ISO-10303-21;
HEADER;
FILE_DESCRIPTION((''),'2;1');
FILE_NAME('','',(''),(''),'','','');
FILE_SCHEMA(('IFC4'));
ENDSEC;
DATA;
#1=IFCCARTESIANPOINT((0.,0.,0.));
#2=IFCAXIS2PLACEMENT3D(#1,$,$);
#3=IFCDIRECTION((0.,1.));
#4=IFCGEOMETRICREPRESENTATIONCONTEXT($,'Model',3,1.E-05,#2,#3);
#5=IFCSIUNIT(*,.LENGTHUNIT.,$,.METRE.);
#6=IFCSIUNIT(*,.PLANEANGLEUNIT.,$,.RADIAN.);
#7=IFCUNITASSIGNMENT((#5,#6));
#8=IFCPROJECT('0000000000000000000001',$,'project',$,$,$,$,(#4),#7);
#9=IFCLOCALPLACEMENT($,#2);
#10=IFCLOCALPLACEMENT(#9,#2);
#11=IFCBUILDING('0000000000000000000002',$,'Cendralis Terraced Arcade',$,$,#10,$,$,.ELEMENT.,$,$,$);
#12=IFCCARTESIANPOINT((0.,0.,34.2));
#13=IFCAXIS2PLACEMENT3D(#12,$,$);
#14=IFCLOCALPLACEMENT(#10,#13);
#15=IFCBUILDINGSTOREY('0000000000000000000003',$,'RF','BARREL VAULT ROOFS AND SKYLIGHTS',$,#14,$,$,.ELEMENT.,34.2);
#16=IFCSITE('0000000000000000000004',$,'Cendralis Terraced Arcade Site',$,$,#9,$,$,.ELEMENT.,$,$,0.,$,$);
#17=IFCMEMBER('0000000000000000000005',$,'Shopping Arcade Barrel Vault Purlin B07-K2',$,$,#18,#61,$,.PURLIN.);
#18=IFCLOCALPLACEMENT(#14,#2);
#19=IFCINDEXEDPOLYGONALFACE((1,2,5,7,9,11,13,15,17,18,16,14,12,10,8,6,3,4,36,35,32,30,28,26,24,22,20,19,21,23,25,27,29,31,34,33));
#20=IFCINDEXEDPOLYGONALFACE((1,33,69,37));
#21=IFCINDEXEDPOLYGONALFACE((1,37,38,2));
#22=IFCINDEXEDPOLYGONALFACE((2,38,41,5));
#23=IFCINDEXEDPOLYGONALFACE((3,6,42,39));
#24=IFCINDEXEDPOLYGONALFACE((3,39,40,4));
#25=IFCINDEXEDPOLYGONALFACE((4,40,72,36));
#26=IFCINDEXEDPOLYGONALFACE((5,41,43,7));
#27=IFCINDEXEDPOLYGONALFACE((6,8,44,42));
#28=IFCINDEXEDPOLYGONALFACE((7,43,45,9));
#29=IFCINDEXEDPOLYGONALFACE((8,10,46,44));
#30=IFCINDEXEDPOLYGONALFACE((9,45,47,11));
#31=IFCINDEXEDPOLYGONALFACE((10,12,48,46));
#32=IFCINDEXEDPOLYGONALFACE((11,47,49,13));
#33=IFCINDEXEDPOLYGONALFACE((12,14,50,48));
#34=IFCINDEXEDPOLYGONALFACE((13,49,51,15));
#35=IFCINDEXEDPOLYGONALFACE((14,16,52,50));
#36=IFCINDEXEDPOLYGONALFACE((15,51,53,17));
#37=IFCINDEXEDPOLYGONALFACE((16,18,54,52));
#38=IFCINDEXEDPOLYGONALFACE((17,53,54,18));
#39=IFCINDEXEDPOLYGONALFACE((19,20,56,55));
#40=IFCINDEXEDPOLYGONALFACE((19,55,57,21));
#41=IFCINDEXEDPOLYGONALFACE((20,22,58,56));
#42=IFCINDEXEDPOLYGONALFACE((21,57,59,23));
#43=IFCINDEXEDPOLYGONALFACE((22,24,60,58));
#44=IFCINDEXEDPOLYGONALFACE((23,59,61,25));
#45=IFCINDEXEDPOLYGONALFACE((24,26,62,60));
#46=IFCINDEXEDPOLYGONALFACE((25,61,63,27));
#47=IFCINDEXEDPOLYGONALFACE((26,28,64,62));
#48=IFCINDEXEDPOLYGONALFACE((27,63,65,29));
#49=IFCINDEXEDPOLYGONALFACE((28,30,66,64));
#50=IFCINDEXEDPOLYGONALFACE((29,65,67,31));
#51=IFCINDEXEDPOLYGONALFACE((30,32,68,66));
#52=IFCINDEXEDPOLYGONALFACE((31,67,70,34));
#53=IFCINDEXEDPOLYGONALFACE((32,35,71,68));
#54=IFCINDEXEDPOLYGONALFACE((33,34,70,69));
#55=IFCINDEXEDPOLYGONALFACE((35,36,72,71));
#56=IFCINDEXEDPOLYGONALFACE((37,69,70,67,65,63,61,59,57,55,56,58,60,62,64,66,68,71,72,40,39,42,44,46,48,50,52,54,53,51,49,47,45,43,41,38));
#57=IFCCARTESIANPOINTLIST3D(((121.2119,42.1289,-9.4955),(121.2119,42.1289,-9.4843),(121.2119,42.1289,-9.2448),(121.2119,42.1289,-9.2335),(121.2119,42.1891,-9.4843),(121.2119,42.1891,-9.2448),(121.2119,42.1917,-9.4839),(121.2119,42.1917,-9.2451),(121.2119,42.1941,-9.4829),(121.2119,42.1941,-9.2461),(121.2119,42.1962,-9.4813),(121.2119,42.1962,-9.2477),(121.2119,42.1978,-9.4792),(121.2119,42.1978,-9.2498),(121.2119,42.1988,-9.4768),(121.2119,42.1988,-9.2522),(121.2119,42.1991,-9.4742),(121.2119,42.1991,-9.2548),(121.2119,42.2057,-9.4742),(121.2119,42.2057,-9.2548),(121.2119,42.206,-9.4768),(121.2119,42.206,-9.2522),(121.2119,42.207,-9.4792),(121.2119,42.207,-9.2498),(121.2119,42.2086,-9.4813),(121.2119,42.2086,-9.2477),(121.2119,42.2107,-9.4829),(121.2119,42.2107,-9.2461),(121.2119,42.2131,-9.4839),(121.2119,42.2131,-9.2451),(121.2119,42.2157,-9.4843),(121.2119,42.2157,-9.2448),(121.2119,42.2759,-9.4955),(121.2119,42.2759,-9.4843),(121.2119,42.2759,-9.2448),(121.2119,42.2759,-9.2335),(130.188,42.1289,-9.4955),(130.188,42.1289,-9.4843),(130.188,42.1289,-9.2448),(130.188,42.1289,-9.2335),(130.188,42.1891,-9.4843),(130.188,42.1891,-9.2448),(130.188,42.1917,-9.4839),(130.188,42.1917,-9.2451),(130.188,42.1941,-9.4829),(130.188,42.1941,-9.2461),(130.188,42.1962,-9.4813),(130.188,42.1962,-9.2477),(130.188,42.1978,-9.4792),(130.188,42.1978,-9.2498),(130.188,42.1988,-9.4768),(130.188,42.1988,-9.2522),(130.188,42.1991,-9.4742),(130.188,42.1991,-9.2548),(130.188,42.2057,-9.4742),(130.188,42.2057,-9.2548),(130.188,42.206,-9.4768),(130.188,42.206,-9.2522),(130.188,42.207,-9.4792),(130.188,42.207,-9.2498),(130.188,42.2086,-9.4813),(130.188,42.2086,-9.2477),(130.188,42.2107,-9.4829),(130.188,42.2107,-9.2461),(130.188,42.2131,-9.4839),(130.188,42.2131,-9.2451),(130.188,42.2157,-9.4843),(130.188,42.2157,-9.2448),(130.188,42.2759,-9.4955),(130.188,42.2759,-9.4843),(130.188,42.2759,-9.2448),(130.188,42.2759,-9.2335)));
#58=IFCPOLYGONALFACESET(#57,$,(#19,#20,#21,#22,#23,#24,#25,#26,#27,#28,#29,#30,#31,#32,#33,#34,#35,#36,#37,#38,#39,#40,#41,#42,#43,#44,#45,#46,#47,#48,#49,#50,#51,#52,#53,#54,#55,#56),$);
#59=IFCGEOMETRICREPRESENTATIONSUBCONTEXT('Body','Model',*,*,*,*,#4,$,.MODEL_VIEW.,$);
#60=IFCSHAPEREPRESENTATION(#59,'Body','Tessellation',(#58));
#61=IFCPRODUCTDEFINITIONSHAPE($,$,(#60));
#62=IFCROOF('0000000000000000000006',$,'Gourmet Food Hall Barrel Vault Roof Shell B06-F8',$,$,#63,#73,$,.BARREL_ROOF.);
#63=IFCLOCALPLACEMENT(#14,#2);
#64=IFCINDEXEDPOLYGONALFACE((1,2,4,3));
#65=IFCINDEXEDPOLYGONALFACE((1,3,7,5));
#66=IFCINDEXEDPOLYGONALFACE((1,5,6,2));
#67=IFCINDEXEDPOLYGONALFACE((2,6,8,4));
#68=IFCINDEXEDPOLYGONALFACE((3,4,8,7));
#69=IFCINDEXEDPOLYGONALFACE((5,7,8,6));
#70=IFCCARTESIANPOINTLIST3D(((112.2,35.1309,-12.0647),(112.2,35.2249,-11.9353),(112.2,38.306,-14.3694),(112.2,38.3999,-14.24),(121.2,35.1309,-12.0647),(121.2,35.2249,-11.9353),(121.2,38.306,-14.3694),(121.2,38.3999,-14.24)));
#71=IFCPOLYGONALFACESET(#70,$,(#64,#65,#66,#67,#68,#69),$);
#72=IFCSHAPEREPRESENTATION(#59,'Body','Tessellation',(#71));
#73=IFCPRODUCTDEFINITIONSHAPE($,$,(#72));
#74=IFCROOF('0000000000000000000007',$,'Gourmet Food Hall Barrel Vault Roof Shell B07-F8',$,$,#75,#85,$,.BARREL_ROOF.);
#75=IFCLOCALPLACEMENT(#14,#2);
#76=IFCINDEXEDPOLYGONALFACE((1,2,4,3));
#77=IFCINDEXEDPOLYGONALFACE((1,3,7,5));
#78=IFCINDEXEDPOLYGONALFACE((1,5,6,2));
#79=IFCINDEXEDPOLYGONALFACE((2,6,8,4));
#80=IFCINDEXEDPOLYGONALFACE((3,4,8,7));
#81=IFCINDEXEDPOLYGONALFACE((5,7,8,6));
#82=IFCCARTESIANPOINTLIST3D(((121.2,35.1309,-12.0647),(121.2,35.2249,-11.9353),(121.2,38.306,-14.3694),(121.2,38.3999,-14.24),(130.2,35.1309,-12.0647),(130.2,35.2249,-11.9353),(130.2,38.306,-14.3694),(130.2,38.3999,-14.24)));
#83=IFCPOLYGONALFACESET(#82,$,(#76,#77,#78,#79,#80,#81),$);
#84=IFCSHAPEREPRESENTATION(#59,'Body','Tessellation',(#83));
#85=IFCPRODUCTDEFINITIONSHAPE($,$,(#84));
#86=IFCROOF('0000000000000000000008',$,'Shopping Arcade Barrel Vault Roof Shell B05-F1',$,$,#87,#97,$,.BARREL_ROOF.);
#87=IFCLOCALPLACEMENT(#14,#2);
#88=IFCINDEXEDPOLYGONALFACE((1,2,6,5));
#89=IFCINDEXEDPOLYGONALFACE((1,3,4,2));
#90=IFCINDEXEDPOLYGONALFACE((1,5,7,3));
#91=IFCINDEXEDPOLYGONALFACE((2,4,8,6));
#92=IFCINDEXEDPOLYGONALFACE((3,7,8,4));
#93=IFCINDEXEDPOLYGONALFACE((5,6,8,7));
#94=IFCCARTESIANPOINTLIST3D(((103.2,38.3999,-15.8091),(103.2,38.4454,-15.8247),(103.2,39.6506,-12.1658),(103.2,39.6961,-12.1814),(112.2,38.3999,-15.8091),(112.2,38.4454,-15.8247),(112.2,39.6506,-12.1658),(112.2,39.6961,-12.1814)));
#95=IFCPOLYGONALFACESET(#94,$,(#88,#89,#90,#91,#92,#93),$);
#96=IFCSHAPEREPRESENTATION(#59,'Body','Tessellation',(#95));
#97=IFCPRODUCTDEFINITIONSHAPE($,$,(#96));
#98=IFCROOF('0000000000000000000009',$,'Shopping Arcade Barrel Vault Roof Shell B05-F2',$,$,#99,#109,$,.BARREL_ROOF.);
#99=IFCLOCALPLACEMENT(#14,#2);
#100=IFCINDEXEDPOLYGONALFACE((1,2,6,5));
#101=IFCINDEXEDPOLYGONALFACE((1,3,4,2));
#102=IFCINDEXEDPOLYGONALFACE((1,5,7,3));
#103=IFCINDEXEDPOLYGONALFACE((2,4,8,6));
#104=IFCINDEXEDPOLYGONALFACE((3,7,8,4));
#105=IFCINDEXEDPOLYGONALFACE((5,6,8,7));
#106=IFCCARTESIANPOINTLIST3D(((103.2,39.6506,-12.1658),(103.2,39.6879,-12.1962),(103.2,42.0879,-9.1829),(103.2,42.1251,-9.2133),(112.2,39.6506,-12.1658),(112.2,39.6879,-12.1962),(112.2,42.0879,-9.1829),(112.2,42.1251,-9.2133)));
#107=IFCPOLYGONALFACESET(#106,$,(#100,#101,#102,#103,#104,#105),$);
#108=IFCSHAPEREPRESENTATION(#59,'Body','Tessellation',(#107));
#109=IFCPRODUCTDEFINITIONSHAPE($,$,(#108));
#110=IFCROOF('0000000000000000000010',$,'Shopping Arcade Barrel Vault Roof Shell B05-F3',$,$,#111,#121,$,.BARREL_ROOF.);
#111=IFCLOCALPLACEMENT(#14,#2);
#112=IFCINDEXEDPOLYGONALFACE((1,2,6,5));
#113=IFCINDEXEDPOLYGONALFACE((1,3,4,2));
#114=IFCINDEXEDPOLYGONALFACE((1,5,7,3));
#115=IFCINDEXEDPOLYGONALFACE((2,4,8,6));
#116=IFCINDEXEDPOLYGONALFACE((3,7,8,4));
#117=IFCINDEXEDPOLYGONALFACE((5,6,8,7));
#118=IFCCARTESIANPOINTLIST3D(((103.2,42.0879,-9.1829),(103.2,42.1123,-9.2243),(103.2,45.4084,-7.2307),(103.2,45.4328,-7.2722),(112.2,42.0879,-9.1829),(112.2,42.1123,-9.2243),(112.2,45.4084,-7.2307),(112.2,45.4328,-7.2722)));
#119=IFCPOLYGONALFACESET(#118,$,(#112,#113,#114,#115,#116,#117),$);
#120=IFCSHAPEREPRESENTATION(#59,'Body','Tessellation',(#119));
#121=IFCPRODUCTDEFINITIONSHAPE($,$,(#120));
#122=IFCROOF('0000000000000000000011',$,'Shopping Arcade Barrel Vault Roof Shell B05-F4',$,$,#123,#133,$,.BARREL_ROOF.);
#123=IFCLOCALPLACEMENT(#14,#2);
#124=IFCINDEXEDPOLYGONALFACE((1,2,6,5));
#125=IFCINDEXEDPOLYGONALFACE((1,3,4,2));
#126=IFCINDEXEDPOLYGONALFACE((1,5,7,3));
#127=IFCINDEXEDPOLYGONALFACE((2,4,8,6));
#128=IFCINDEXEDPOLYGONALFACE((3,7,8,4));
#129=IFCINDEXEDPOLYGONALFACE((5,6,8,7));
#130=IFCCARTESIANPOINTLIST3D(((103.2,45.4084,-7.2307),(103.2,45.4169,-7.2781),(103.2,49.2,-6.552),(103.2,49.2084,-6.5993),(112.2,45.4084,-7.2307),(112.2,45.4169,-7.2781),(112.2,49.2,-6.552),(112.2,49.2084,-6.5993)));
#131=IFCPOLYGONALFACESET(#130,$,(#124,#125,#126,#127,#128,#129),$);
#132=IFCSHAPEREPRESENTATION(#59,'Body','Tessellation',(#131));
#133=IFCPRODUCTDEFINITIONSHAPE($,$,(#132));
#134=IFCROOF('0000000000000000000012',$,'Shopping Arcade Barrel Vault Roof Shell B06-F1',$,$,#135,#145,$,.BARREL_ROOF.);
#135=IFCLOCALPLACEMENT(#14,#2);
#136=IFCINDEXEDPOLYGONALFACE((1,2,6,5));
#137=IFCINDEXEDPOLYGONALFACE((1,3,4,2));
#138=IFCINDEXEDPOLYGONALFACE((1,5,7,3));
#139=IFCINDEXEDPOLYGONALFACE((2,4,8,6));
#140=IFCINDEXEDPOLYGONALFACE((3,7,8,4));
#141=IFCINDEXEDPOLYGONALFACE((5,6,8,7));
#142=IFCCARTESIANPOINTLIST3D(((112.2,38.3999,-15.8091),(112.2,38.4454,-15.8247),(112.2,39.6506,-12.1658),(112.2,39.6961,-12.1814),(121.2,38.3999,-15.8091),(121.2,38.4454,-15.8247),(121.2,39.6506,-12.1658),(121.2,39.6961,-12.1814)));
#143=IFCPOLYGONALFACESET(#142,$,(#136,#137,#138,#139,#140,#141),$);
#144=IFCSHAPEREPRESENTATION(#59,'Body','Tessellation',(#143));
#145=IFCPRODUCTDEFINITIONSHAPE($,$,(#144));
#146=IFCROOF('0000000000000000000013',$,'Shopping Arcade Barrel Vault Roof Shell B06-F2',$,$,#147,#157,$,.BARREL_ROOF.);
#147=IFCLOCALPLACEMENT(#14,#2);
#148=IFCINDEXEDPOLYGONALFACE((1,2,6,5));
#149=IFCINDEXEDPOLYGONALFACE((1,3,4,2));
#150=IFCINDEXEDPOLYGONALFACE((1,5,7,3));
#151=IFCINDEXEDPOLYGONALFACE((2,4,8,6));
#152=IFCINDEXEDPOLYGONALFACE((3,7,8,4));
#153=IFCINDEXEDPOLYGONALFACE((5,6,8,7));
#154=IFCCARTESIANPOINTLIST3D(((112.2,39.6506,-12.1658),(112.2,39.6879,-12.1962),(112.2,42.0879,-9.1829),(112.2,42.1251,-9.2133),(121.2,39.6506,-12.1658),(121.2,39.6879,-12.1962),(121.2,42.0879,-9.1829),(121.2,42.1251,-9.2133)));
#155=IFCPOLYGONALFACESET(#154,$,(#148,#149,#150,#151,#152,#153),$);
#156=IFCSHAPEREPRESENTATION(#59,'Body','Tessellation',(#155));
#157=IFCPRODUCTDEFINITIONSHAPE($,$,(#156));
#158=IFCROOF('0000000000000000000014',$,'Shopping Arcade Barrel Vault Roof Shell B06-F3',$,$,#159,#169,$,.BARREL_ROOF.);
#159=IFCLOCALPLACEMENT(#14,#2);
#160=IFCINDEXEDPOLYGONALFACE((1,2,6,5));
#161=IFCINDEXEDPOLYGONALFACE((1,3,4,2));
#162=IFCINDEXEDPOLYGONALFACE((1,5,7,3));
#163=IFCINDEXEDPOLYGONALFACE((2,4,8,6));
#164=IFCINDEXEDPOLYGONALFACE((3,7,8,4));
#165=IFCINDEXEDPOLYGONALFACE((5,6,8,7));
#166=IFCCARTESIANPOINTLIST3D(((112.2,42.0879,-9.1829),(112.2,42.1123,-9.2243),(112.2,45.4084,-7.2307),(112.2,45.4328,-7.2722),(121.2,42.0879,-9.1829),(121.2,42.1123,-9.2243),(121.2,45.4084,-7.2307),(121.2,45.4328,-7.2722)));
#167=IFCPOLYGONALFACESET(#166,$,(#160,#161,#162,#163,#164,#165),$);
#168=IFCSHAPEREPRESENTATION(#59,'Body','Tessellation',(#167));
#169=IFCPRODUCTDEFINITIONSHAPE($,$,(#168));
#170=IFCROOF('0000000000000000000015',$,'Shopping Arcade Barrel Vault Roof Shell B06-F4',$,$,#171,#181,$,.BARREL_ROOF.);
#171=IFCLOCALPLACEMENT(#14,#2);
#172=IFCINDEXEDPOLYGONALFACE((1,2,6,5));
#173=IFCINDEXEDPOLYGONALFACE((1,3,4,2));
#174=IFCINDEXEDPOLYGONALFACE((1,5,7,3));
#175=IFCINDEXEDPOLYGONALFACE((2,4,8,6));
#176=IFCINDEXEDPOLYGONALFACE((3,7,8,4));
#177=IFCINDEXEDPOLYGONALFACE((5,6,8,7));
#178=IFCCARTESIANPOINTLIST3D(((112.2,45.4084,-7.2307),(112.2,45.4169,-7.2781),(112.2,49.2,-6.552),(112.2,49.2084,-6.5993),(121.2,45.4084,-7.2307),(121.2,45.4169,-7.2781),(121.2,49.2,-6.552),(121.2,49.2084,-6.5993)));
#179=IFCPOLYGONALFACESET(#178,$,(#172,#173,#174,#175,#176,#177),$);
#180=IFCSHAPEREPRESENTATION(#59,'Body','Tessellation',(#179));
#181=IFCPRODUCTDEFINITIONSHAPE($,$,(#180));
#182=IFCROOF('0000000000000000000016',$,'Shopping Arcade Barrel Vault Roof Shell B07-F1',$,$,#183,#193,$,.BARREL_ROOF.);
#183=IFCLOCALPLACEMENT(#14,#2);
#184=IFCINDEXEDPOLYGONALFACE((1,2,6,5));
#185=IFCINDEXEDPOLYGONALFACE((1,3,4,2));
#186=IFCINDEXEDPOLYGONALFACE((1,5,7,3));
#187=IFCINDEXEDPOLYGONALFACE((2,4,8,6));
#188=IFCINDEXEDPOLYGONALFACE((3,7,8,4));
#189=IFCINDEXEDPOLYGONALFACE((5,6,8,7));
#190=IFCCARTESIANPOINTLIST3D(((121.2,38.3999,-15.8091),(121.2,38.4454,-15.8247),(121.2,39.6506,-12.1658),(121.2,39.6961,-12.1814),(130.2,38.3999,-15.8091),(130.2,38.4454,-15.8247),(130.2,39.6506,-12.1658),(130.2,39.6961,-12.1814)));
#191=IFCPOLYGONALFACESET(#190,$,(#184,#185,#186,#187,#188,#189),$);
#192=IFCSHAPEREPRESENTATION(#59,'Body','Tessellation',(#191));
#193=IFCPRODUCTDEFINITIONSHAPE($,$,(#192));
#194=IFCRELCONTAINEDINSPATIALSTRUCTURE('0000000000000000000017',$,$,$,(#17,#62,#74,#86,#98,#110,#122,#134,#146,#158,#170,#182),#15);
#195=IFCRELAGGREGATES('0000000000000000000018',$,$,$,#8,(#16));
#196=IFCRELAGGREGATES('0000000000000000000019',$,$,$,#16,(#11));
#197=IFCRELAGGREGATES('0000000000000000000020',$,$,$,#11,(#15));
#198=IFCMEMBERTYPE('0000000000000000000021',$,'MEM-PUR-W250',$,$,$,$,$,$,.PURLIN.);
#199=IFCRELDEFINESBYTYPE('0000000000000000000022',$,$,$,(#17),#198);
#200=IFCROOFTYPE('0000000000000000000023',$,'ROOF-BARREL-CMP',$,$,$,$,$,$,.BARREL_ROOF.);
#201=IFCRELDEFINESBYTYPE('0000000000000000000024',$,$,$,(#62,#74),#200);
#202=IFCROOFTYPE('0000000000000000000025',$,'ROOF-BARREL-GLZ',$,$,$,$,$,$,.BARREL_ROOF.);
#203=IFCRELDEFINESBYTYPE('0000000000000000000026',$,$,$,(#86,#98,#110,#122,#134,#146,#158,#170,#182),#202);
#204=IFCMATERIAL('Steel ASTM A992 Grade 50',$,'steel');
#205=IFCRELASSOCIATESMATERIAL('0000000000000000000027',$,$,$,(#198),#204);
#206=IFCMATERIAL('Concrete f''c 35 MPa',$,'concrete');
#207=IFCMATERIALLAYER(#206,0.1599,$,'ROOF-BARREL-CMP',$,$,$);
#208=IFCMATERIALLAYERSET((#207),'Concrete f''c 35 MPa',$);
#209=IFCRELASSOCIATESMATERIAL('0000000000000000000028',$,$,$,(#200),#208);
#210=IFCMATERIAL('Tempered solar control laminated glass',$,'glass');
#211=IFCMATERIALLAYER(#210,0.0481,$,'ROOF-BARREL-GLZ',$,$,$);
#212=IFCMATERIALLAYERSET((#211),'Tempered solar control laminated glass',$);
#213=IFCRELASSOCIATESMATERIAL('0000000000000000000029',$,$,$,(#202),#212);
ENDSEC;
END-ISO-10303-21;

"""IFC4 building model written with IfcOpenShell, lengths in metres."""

from ifc_helpers import new_model, si_unit, direction, frame, origin, origin_2d, place, context, subcontext, project, spatial, polyline, i_section, outline, extrude, material, layer, layer_set, material_profile, profile_set, type_object, element, save


model = new_model("IFC4")

# Units and contexts
model_context = context("Model", 3, precision=1e-05, world=origin(), true_north=direction((0.0, 1.0)))
body_context = subcontext(model_context, "Body", "Model", "MODEL_VIEW")
ifc_project = project(units=[si_unit("LENGTHUNIT", "METRE"), si_unit("PLANEANGLEUNIT", "RADIAN")], contexts=[model_context])

# Site, building, storey
site_placement = place(None, origin())
site = spatial("IfcSite", under=ifc_project, at=site_placement, Name="Cendralis Terraced Arcade Site", CompositionType="ELEMENT", RefElevation=0.0)
building_placement = place(site_placement, origin())
building = spatial("IfcBuilding", under=site, at=building_placement, Name="Cendralis Terraced Arcade", CompositionType="ELEMENT")
storey_placement = place(building_placement, frame((0.0, 0.0, 34.2)))
storey = spatial("IfcBuildingStorey", under=building, at=storey_placement, Name="RF", Description="BARREL VAULT ROOFS AND SKYLIGHTS", CompositionType="ELEMENT", Elevation=34.2)

# Member
ifc_material_1 = material(Name="Steel ASTM A992 Grade 50", Category="steel")
ifc_material_profile_1 = material_profile(ifc_material_1, i_section(OverallWidth=0.147, OverallDepth=0.262, WebThickness=0.0066, FlangeThickness=0.0112, FilletRadius=0.01, at=origin_2d()), Name="W250X38.5", Category="LoadBearing")
ifc_profile_set_1 = profile_set([ifc_material_profile_1], Name="Steel ASTM A992 Grade 50")
member_type_1 = type_object("IfcMemberType", Name="MEM-PUR-W250", PredefinedType="PURLIN", material=ifc_profile_set_1)
for number, where, z_axis, x_axis, name in (
    (1, (121.2119, 42.2024, -9.3645), (1.0, 0.0, 0.0), (0.0, 1.0, 0.0), "Shopping Arcade Barrel Vault Purlin B07-K2"),
):
    element("IfcMember", number, at=place(storey_placement, frame(where, z_axis=z_axis, x_axis=x_axis)), inside=storey, type_object=member_type_1, Name=name, PredefinedType="PURLIN", context=body_context, shape_type="SweptSolid", body=[
        extrude(i_section(OverallWidth=0.147, OverallDepth=0.262, WebThickness=0.0066, FlangeThickness=0.0112, FilletRadius=0.01, at=origin_2d()), origin(), (0.0, 0.0, 1.0), 8.9761),
    ])

# Roofs
ifc_material_2 = material(Name="Concrete f'c 35 MPa", Category="concrete")
ifc_layer_1 = layer(ifc_material_2, 0.1599, Name="ROOF-BARREL-CMP")
ifc_layer_set_1 = layer_set([ifc_layer_1], Name="Concrete f'c 35 MPa")
roof_type_1 = type_object("IfcRoofType", Name="ROOF-BARREL-CMP", PredefinedType="BARREL_ROOF", material=ifc_layer_set_1)
for number, where, z_axis, x_axis, name in (
    (2, (112.2, 35.2249, -11.9353), (0.0, 0.587431, 0.809274), (1.0, 0.0, 0.0), "Gourmet Food Hall Barrel Vault Roof Shell B06-F8"),
    (3, (121.2, 35.2249, -11.9353), (0.0, 0.587431, 0.809274), (1.0, 0.0, 0.0), "Gourmet Food Hall Barrel Vault Roof Shell B07-F8"),
):
    element("IfcRoof", number, at=place(storey_placement, frame(where, z_axis=z_axis, x_axis=x_axis)), inside=storey, type_object=roof_type_1, Name=name, PredefinedType="BARREL_ROOF", context=body_context, shape_type="SweptSolid", body=[
        extrude(outline(polyline([(0.0, 0.0), (9.0, 0.0), (9.0, 3.9233), (0.0, 3.9233), (0.0, 0.0)])), origin(), (0.0, 0.0, -1.0), 0.1599),
    ])
ifc_material_3 = material(Name="Tempered solar control laminated glass", Category="glass")
ifc_layer_2 = layer(ifc_material_3, 0.0481, Name="ROOF-BARREL-GLZ")
ifc_layer_set_2 = layer_set([ifc_layer_2], Name="Tempered solar control laminated glass")
roof_type_2 = type_object("IfcRoofType", Name="ROOF-BARREL-GLZ", PredefinedType="BARREL_ROOF", material=ifc_layer_set_2)
roof_1_placement = place(storey_placement, frame((103.2, 38.3999, -15.8091), z_axis=(0.0, -0.945819, 0.324695), x_axis=(1.0, 0.0, 0.0)))
element("IfcRoof", 4, at=roof_1_placement, inside=storey, type_object=roof_type_2, Name="Shopping Arcade Barrel Vault Roof Shell B05-F1", PredefinedType="BARREL_ROOF", context=body_context, shape_type="SweptSolid", body=[
    extrude(outline(polyline([(0.0, 0.0), (9.0, 0.0), (9.0, 3.852), (0.0, 3.852), (0.0, 0.0)])), origin(), (0.0, 0.0, -1.0), 0.0481),
])
roof_2_placement = place(storey_placement, frame((103.2, 39.6506, -12.1658), z_axis=(0.0, -0.774378, 0.632723), x_axis=(1.0, 0.0, 0.0)))
element("IfcRoof", 5, at=roof_2_placement, inside=storey, type_object=roof_type_2, Name="Shopping Arcade Barrel Vault Roof Shell B05-F2", PredefinedType="BARREL_ROOF", context=body_context, shape_type="SweptSolid", body=[
    extrude(outline(polyline([(0.0, 0.0), (9.0, 0.0), (9.0, 3.852), (0.0, 3.852), (0.0, 0.0)])), origin(), (0.0, 0.0, -1.0), 0.0481),
])
roof_3_placement = place(storey_placement, frame((103.2, 42.0879, -9.1829), z_axis=(0.0, -0.506804, 0.862061), x_axis=(1.0, 0.0, 0.0)))
element("IfcRoof", 6, at=roof_3_placement, inside=storey, type_object=roof_type_2, Name="Shopping Arcade Barrel Vault Roof Shell B05-F3", PredefinedType="BARREL_ROOF", context=body_context, shape_type="SweptSolid", body=[
    extrude(outline(polyline([(0.0, 0.0), (9.0, 0.0), (9.0, 3.8519), (0.0, 3.8519), (0.0, 0.0)])), origin(), (0.0, 0.0, -1.0), 0.0481),
])
roof_4_placement = place(storey_placement, frame((103.2, 45.4084, -7.2307), z_axis=(0.0, -0.176207, 0.984353), x_axis=(1.0, 0.0, 0.0)))
element("IfcRoof", 7, at=roof_4_placement, inside=storey, type_object=roof_type_2, Name="Shopping Arcade Barrel Vault Roof Shell B05-F4", PredefinedType="BARREL_ROOF", context=body_context, shape_type="SweptSolid", body=[
    extrude(outline(polyline([(0.0, 0.0), (9.0, 0.0), (9.0, 3.8518), (0.0, 3.8518), (0.0, 0.0)])), origin(), (0.0, 0.0, -1.0), 0.0481),
])
roof_5_placement = place(storey_placement, frame((112.2, 38.3999, -15.8091), z_axis=(0.0, -0.945819, 0.324695), x_axis=(1.0, 0.0, 0.0)))
element("IfcRoof", 8, at=roof_5_placement, inside=storey, type_object=roof_type_2, Name="Shopping Arcade Barrel Vault Roof Shell B06-F1", PredefinedType="BARREL_ROOF", context=body_context, shape_type="SweptSolid", body=[
    extrude(outline(polyline([(0.0, 0.0), (9.0, 0.0), (9.0, 3.852), (0.0, 3.852), (0.0, 0.0)])), origin(), (0.0, 0.0, -1.0), 0.0481),
])
roof_6_placement = place(storey_placement, frame((112.2, 39.6506, -12.1658), z_axis=(0.0, -0.774378, 0.632723), x_axis=(1.0, 0.0, 0.0)))
element("IfcRoof", 9, at=roof_6_placement, inside=storey, type_object=roof_type_2, Name="Shopping Arcade Barrel Vault Roof Shell B06-F2", PredefinedType="BARREL_ROOF", context=body_context, shape_type="SweptSolid", body=[
    extrude(outline(polyline([(0.0, 0.0), (9.0, 0.0), (9.0, 3.852), (0.0, 3.852), (0.0, 0.0)])), origin(), (0.0, 0.0, -1.0), 0.0481),
])
roof_7_placement = place(storey_placement, frame((112.2, 42.0879, -9.1829), z_axis=(0.0, -0.506804, 0.862061), x_axis=(1.0, 0.0, 0.0)))
element("IfcRoof", 10, at=roof_7_placement, inside=storey, type_object=roof_type_2, Name="Shopping Arcade Barrel Vault Roof Shell B06-F3", PredefinedType="BARREL_ROOF", context=body_context, shape_type="SweptSolid", body=[
    extrude(outline(polyline([(0.0, 0.0), (9.0, 0.0), (9.0, 3.8519), (0.0, 3.8519), (0.0, 0.0)])), origin(), (0.0, 0.0, -1.0), 0.0481),
])
roof_8_placement = place(storey_placement, frame((112.2, 45.4084, -7.2307), z_axis=(0.0, -0.176207, 0.984353), x_axis=(1.0, 0.0, 0.0)))
element("IfcRoof", 11, at=roof_8_placement, inside=storey, type_object=roof_type_2, Name="Shopping Arcade Barrel Vault Roof Shell B06-F4", PredefinedType="BARREL_ROOF", context=body_context, shape_type="SweptSolid", body=[
    extrude(outline(polyline([(0.0, 0.0), (9.0, 0.0), (9.0, 3.8518), (0.0, 3.8518), (0.0, 0.0)])), origin(), (0.0, 0.0, -1.0), 0.0481),
])
roof_9_placement = place(storey_placement, frame((121.2, 38.3999, -15.8091), z_axis=(0.0, -0.945819, 0.324695), x_axis=(1.0, 0.0, 0.0)))
element("IfcRoof", 12, at=roof_9_placement, inside=storey, type_object=roof_type_2, Name="Shopping Arcade Barrel Vault Roof Shell B07-F1", PredefinedType="BARREL_ROOF", context=body_context, shape_type="SweptSolid", body=[
    extrude(outline(polyline([(0.0, 0.0), (9.0, 0.0), (9.0, 3.852), (0.0, 3.852), (0.0, 0.0)])), origin(), (0.0, 0.0, -1.0), 0.0481),
])

save(model, "model.ifc")
